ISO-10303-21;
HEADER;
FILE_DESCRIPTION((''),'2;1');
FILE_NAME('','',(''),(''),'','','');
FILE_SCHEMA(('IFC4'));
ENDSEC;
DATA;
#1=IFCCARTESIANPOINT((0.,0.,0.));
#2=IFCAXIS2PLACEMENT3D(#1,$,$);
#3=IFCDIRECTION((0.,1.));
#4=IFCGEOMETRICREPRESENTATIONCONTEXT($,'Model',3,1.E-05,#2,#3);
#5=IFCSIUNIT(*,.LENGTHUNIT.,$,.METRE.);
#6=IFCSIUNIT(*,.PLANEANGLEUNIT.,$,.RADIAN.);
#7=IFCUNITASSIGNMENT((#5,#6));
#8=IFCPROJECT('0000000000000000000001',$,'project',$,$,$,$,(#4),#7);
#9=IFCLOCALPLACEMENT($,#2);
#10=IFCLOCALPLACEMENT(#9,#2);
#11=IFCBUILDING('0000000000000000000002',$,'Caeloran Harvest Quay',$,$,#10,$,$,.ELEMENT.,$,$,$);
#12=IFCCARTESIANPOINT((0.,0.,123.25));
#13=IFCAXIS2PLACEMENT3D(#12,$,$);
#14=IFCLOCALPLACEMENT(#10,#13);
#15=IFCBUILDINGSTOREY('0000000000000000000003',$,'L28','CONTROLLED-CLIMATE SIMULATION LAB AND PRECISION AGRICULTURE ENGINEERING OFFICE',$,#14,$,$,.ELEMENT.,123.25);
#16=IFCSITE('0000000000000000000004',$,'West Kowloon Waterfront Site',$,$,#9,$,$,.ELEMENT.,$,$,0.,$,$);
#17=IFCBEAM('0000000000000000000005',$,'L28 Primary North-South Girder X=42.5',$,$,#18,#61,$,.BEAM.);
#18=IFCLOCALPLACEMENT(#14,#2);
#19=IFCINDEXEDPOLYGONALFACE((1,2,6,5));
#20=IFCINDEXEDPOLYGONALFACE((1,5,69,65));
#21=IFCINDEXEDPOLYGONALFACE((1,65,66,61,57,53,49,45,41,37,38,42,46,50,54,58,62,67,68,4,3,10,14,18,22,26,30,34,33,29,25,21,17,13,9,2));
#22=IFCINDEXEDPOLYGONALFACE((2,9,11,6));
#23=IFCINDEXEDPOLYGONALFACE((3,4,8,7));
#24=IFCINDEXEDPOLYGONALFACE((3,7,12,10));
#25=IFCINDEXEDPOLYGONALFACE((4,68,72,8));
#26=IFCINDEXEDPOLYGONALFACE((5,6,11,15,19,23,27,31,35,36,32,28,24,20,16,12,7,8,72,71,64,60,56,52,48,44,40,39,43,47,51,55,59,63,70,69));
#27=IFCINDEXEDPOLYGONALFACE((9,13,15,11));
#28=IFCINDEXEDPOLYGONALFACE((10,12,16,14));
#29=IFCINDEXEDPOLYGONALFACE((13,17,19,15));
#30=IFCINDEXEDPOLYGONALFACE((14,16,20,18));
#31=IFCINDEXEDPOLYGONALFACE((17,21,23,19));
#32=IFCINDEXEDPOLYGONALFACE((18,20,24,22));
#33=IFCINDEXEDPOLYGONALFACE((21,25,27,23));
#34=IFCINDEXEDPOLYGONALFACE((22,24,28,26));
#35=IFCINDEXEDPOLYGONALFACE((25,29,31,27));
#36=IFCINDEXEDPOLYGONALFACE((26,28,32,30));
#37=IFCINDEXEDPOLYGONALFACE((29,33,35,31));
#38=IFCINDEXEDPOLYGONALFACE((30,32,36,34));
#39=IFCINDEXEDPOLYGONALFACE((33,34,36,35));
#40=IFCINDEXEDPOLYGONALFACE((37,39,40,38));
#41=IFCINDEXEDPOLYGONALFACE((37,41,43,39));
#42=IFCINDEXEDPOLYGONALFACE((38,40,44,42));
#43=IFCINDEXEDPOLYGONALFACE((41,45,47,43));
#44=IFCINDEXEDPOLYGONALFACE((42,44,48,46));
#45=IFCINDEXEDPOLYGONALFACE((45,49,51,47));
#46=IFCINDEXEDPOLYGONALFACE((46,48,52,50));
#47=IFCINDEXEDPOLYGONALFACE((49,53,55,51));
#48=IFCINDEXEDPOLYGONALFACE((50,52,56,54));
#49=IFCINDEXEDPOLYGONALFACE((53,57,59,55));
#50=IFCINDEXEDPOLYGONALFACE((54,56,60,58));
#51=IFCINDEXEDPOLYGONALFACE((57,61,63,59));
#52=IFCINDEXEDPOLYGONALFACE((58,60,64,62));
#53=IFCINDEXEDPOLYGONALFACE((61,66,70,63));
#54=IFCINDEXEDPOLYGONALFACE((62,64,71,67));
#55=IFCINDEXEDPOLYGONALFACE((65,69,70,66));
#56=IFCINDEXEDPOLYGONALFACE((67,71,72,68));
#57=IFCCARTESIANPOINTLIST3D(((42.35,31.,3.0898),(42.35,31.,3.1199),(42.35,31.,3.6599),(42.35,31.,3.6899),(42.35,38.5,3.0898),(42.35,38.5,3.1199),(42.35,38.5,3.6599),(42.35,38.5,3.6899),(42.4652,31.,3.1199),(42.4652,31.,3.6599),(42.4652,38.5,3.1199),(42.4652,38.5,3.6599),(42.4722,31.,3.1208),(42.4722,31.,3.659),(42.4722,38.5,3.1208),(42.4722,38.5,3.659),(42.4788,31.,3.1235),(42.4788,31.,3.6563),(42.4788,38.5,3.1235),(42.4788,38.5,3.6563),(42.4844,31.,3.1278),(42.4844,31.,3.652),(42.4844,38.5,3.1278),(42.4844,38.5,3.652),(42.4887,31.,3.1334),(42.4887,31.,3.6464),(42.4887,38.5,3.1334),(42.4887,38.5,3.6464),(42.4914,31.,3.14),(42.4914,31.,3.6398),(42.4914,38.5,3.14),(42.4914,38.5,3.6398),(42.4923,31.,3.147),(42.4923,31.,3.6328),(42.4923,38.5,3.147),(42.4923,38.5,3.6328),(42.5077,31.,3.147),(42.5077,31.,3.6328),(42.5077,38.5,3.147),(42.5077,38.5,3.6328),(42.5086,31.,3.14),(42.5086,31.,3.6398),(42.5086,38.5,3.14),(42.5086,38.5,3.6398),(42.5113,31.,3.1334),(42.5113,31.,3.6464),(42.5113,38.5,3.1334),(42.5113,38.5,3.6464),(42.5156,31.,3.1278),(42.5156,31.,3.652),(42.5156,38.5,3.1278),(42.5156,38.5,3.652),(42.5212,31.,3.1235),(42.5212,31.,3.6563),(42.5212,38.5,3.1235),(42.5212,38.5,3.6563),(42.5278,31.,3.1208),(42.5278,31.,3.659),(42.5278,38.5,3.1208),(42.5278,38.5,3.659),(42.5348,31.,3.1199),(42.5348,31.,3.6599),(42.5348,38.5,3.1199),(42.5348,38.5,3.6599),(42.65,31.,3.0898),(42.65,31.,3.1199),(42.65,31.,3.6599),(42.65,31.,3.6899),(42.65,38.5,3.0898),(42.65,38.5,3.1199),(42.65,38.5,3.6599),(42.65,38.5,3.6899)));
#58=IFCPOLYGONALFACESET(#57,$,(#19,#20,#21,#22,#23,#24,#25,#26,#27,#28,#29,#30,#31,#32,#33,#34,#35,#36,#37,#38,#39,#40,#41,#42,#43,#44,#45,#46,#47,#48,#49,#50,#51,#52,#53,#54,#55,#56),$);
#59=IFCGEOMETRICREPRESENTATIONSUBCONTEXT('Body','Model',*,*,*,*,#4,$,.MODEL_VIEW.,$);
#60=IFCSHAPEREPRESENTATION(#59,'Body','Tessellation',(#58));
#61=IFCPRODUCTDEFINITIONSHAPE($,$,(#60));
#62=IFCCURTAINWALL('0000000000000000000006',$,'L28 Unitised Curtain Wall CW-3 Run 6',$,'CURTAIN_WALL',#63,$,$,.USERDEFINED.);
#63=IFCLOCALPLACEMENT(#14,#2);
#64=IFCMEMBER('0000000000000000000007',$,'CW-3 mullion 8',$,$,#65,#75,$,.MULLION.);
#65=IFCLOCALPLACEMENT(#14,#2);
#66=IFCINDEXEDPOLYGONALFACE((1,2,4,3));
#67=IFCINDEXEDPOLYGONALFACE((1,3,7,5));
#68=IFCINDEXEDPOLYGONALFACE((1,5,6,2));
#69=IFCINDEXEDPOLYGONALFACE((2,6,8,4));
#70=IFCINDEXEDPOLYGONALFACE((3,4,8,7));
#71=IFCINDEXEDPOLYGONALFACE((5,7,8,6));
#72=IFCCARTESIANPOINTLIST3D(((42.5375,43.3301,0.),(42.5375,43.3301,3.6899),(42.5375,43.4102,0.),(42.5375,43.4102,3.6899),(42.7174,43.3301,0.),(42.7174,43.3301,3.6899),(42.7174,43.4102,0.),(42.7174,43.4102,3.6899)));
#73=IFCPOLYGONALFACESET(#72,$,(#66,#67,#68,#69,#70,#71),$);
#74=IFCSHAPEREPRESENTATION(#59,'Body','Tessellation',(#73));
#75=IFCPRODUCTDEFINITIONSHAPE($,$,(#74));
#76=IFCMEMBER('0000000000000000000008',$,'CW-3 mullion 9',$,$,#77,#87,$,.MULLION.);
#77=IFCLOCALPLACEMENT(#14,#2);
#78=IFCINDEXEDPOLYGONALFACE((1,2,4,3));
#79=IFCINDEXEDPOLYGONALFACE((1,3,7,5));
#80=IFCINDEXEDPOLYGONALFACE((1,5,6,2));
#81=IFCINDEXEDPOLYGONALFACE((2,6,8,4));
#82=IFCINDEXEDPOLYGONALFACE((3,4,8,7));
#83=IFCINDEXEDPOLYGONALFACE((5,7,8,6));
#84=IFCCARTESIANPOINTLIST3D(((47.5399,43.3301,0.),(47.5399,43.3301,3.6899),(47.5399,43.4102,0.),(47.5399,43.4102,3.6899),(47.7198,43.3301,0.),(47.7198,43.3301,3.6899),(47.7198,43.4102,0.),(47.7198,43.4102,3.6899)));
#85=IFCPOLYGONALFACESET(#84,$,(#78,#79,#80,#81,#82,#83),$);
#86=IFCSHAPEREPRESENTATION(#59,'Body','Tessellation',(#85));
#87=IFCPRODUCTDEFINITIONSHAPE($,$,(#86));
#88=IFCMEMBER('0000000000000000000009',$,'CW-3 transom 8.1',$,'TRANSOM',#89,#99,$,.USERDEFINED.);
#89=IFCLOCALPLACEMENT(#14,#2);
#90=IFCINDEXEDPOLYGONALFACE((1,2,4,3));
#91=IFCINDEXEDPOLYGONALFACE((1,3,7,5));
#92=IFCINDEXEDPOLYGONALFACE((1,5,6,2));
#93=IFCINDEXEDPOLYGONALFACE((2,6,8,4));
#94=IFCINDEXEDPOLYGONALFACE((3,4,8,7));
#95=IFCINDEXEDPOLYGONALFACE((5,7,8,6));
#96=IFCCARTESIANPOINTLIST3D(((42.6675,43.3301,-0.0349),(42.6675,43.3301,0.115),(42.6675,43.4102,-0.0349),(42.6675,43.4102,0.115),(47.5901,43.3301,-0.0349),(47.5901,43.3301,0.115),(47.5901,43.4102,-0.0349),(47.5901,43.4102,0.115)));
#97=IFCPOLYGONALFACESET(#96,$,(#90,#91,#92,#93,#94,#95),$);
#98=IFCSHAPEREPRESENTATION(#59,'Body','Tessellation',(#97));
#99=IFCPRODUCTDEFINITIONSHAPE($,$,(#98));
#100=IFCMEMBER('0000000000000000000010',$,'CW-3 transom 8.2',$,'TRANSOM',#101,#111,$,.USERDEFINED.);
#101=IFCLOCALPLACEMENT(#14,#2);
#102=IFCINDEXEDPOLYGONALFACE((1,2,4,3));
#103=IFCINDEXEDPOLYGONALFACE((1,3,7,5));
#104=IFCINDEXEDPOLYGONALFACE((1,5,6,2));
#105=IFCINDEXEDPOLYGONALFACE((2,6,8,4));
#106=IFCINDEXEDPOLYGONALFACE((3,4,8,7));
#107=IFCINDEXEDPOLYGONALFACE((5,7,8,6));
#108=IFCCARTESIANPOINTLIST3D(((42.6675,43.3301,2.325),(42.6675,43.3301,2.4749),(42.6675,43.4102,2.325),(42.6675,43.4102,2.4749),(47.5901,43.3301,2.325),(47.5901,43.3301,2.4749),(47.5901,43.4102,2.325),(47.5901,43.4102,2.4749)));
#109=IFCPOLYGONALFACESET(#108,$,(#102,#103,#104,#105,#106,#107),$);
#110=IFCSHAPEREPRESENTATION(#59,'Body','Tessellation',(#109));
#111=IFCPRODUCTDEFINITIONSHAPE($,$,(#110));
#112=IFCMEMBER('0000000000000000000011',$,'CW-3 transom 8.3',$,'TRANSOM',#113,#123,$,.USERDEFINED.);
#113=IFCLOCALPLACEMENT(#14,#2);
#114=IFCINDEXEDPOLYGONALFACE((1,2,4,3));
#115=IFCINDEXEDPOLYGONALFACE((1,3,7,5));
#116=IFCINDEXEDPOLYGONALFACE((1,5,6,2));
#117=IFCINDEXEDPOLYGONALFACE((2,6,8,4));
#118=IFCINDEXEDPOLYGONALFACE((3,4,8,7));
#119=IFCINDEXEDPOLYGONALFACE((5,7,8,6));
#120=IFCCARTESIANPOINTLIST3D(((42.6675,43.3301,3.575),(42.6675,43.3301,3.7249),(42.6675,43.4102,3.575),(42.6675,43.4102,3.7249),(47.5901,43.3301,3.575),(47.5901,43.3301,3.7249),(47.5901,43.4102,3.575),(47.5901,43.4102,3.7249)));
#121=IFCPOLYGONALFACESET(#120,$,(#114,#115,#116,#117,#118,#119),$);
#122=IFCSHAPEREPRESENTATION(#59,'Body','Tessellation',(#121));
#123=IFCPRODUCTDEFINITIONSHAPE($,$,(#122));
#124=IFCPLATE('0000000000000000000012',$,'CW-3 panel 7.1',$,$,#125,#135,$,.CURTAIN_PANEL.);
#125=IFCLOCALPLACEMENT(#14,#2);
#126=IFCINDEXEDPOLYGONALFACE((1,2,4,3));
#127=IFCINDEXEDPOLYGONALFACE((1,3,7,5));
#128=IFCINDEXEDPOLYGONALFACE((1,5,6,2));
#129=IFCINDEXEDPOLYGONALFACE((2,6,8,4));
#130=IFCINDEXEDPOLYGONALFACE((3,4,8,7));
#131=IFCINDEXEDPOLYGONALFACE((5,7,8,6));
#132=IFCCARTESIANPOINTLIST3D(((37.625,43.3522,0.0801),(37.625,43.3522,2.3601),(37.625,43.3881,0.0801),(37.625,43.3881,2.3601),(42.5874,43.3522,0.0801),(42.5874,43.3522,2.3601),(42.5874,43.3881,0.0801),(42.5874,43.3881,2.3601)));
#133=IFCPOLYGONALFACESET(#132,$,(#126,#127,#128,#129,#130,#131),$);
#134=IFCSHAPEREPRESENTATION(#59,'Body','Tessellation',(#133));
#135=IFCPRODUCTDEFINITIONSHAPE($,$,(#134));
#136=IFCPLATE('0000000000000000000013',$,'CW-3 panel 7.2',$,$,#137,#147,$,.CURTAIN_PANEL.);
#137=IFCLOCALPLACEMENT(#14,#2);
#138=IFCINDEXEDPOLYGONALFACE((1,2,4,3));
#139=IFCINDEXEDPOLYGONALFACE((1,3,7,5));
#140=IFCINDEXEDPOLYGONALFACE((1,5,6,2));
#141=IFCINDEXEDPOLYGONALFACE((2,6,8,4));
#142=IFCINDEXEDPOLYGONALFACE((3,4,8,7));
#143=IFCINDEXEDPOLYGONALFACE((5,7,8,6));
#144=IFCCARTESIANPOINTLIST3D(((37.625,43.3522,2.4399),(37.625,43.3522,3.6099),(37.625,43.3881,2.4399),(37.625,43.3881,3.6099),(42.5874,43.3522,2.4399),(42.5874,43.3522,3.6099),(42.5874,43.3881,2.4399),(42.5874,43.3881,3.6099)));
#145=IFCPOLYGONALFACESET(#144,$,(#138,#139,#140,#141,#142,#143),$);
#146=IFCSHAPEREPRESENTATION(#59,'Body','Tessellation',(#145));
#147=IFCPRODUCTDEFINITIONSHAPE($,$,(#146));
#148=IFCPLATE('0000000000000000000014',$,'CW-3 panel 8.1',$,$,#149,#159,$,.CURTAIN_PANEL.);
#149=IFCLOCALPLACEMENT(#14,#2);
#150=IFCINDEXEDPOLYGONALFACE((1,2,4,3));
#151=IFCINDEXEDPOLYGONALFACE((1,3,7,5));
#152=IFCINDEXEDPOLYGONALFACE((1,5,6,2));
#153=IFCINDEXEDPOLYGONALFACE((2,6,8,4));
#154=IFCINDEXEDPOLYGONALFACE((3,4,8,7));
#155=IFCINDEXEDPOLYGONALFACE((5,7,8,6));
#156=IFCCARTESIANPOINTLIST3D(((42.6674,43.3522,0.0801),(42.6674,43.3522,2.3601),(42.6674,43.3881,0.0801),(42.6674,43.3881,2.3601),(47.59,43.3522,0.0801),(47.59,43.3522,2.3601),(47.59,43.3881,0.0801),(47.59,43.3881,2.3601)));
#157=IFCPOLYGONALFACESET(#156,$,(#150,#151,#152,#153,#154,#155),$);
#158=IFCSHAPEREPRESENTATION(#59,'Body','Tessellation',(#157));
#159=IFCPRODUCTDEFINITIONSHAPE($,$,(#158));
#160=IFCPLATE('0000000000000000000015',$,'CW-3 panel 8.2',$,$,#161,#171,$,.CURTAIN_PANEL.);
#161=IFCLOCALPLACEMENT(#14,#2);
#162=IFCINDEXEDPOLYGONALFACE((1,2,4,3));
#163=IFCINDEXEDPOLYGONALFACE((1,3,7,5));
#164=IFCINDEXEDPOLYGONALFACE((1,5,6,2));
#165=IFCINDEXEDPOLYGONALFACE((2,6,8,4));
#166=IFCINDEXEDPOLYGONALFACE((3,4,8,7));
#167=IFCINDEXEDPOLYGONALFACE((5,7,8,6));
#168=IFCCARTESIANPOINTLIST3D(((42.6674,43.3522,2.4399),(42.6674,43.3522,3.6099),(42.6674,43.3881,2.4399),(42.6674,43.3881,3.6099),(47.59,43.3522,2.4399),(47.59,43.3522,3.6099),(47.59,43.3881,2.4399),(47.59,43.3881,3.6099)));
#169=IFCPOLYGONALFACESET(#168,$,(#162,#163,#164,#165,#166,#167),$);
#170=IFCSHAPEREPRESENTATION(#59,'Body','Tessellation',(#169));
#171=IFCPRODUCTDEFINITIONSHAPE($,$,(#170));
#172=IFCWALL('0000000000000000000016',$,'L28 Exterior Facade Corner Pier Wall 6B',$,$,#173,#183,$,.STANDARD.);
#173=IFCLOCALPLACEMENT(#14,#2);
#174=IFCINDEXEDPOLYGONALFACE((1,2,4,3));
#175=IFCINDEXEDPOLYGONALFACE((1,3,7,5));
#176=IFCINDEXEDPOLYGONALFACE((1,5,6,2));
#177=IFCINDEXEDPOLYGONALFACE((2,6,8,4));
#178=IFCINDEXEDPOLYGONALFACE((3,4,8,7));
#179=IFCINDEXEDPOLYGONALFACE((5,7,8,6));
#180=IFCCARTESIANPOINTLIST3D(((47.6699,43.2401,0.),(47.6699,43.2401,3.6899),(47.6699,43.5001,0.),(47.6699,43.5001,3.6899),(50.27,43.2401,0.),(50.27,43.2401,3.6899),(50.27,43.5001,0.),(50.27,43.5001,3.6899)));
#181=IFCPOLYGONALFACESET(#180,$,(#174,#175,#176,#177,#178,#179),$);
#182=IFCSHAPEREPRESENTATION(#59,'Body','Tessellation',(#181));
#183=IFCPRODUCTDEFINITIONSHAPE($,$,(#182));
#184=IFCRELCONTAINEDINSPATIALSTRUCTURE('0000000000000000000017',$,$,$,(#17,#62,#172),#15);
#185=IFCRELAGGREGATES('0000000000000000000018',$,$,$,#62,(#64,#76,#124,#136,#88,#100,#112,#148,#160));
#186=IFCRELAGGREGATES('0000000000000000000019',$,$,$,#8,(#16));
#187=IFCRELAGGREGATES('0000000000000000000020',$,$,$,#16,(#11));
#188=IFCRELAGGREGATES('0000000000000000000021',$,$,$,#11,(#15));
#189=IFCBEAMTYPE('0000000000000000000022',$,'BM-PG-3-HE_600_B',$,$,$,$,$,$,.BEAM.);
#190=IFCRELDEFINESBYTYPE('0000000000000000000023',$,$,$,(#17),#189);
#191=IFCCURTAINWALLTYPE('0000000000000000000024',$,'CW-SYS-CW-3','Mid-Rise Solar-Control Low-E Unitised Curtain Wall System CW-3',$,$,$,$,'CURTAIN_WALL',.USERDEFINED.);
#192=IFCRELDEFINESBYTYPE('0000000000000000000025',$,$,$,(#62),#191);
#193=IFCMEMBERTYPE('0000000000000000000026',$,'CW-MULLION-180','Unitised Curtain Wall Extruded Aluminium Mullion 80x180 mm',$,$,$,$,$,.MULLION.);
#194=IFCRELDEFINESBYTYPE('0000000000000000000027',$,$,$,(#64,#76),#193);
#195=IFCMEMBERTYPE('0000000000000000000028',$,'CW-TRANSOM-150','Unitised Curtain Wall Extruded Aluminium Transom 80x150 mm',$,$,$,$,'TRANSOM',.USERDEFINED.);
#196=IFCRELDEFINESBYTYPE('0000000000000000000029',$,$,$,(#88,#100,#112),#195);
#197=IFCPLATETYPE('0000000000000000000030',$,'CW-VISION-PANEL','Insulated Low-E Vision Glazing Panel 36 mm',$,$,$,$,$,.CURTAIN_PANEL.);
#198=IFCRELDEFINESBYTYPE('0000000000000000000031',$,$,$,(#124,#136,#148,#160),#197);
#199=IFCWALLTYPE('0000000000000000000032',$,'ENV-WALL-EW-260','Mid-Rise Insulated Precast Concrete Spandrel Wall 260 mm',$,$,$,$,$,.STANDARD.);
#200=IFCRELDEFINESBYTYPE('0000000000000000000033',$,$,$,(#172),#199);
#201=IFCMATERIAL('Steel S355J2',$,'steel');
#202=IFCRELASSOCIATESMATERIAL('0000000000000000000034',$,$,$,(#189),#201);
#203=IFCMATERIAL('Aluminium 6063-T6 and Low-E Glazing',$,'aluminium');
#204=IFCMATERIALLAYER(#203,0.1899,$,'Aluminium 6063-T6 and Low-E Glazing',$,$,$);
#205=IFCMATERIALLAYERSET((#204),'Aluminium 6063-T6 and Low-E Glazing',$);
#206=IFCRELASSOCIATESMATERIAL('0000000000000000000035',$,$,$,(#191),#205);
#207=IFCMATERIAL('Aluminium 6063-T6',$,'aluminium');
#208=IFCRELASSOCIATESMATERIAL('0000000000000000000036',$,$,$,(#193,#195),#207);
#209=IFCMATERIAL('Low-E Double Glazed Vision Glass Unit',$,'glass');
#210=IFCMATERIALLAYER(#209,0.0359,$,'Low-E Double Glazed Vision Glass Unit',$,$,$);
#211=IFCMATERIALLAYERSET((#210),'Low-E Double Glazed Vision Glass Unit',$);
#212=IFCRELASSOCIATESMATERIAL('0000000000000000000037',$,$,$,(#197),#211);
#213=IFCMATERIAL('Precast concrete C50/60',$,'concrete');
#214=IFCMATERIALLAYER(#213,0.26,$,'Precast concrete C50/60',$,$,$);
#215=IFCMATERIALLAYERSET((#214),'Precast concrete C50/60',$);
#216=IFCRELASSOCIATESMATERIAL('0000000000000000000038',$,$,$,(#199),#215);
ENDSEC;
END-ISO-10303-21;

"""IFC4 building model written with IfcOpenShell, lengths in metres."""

from ifc_helpers import new_model, si_unit, direction, frame, frame_2d, origin, origin_2d, place, context, subcontext, project, spatial, rectangle, i_section, extrude, material, layer, layer_set, material_profile, profile_set, type_object, element, aggregate, save


model = new_model("IFC4")

# Units and contexts
model_context = context("Model", 3, precision=1e-05, world=origin(), true_north=direction((0.0, 1.0)))
body_context = subcontext(model_context, "Body", "Model", "MODEL_VIEW")
ifc_project = project(units=[si_unit("LENGTHUNIT", "METRE"), si_unit("PLANEANGLEUNIT", "RADIAN")], contexts=[model_context])

# Site, building, storey
site_placement = place(None, origin())
site = spatial("IfcSite", under=ifc_project, at=site_placement, Name="West Kowloon Waterfront Site", CompositionType="ELEMENT", RefElevation=0.0)
building_placement = place(site_placement, origin())
building = spatial("IfcBuilding", under=site, at=building_placement, Name="Caeloran Harvest Quay", CompositionType="ELEMENT")
storey_placement = place(building_placement, frame((0.0, 0.0, 123.25)))
storey = spatial("IfcBuildingStorey", under=building, at=storey_placement, Name="L28", Description="CONTROLLED-CLIMATE SIMULATION LAB AND PRECISION AGRICULTURE ENGINEERING OFFICE", CompositionType="ELEMENT", Elevation=123.25)

# Beam
ifc_material_1 = material(Name="Steel S355J2", Category="steel")
ifc_material_profile_1 = material_profile(ifc_material_1, i_section(OverallWidth=0.3, OverallDepth=0.6001, WebThickness=0.0154, FlangeThickness=0.03, FilletRadius=0.0271, at=origin_2d()), Name="HE 600 B")
ifc_profile_set_1 = profile_set([ifc_material_profile_1], Name="Steel S355J2")
beam_type = type_object("IfcBeamType", Name="BM-PG-3-HE_600_B", PredefinedType="BEAM", material=ifc_profile_set_1)
beam_1_placement = place(storey_placement, frame((42.5, 31.0, 3.3899), z_axis=(0.0, 1.0, 0.0), x_axis=(-1.0, 0.0, 0.0)))
element("IfcBeam", 1, at=beam_1_placement, inside=storey, type_object=beam_type, Name="L28 Primary North-South Girder X=42.5", PredefinedType="BEAM", context=body_context, shape_type="SweptSolid", body=[
    extrude(i_section(OverallWidth=0.3, OverallDepth=0.6001, WebThickness=0.0154, FlangeThickness=0.03, FilletRadius=0.0271, at=origin_2d()), origin(), (0.0, 0.0, 1.0), 7.5),
])

# Curtain wall, members, plates
ifc_material_2 = material(Name="Aluminium 6063-T6 and Low-E Glazing", Category="aluminium")
ifc_layer_1 = layer(ifc_material_2, 0.1899, Name="Aluminium 6063-T6 and Low-E Glazing")
ifc_layer_set_1 = layer_set([ifc_layer_1], Name="Aluminium 6063-T6 and Low-E Glazing")
curtain_wall_type = type_object("IfcCurtainWallType", Name="CW-SYS-CW-3", Description="Mid-Rise Solar-Control Low-E Unitised Curtain Wall System CW-3", ElementType="CURTAIN_WALL", PredefinedType="USERDEFINED", material=ifc_layer_set_1)
curtain_wall_placement = place(storey_placement, origin())
curtain_wall = element("IfcCurtainWall", 2, at=curtain_wall_placement, inside=storey, type_object=curtain_wall_type, Name="L28 Unitised Curtain Wall CW-3 Run 6", ObjectType="CURTAIN_WALL", PredefinedType="USERDEFINED")
ifc_material_3 = material(Name="Aluminium 6063-T6", Category="aluminium")
ifc_material_profile_2 = material_profile(ifc_material_3, rectangle(XDim=0.0801, YDim=0.1799, at=origin_2d()), Name="CW-MULLION-180")
ifc_profile_set_2 = profile_set([ifc_material_profile_2], Name="Aluminium 6063-T6")
member_type_1 = type_object("IfcMemberType", Name="CW-MULLION-180", Description="Unitised Curtain Wall Extruded Aluminium Mullion 80x180 mm", PredefinedType="MULLION", material=ifc_profile_set_2)
member_1_placement = place(storey_placement, frame((42.6274, 43.3701, 0.0), z_axis=(0.0, 0.0, 1.0), x_axis=(0.0, 1.0, 0.0)))
member_1 = element("IfcMember", 3, at=member_1_placement, type_object=member_type_1, Name="CW-3 mullion 8", PredefinedType="MULLION", context=body_context, shape_type="SweptSolid", body=[
    extrude(rectangle(XDim=0.0801, YDim=0.1799, at=origin_2d()), origin(), (0.0, 0.0, 1.0), 3.6899),
])
member_2_placement = place(storey_placement, frame((47.6299, 43.3701, 0.0), z_axis=(0.0, 0.0, 1.0), x_axis=(0.0, 1.0, 0.0)))
member_2 = element("IfcMember", 4, at=member_2_placement, type_object=member_type_1, Name="CW-3 mullion 9", PredefinedType="MULLION", context=body_context, shape_type="SweptSolid", body=[
    extrude(rectangle(XDim=0.0801, YDim=0.1799, at=origin_2d()), origin(), (0.0, 0.0, 1.0), 3.6899),
])
ifc_material_profile_3 = material_profile(ifc_material_3, rectangle(XDim=0.0801, YDim=0.1499, at=origin_2d()), Name="CW-TRANSOM-150")
ifc_profile_set_3 = profile_set([ifc_material_profile_3], Name="Aluminium 6063-T6")
member_type_2 = type_object("IfcMemberType", Name="CW-TRANSOM-150", Description="Unitised Curtain Wall Extruded Aluminium Transom 80x150 mm", ElementType="TRANSOM", PredefinedType="USERDEFINED", material=ifc_profile_set_3)
member_3_placement = place(storey_placement, frame((42.6675, 43.3701, 0.04), z_axis=(1.0, 0.0, 0.0), x_axis=(0.0, 1.0, 0.0)))
member_3 = element("IfcMember", 5, at=member_3_placement, type_object=member_type_2, Name="CW-3 transom 8.1", ObjectType="TRANSOM", PredefinedType="USERDEFINED", context=body_context, shape_type="SweptSolid", body=[
    extrude(rectangle(XDim=0.0801, YDim=0.1499, at=origin_2d()), origin(), (0.0, 0.0, 1.0), 4.9226),
])
member_4_placement = place(storey_placement, frame((42.6675, 43.3701, 2.3999), z_axis=(1.0, 0.0, 0.0), x_axis=(0.0, 1.0, 0.0)))
member_4 = element("IfcMember", 6, at=member_4_placement, type_object=member_type_2, Name="CW-3 transom 8.2", ObjectType="TRANSOM", PredefinedType="USERDEFINED", context=body_context, shape_type="SweptSolid", body=[
    extrude(rectangle(XDim=0.0801, YDim=0.1499, at=origin_2d()), origin(), (0.0, 0.0, 1.0), 4.9226),
])
member_5_placement = place(storey_placement, frame((42.6675, 43.3701, 3.6499), z_axis=(1.0, 0.0, 0.0), x_axis=(0.0, 1.0, 0.0)))
member_5 = element("IfcMember", 7, at=member_5_placement, type_object=member_type_2, Name="CW-3 transom 8.3", ObjectType="TRANSOM", PredefinedType="USERDEFINED", context=body_context, shape_type="SweptSolid", body=[
    extrude(rectangle(XDim=0.0801, YDim=0.1499, at=origin_2d()), origin(), (0.0, 0.0, 1.0), 4.9226),
])
ifc_material_4 = material(Name="Low-E Double Glazed Vision Glass Unit", Category="glass")
ifc_layer_2 = layer(ifc_material_4, 0.0359, Name="Low-E Double Glazed Vision Glass Unit")
ifc_layer_set_2 = layer_set([ifc_layer_2], Name="Low-E Double Glazed Vision Glass Unit")
plate_type = type_object("IfcPlateType", Name="CW-VISION-PANEL", Description="Insulated Low-E Vision Glazing Panel 36 mm", PredefinedType="CURTAIN_PANEL", material=ifc_layer_set_2)
plate_1_placement = place(storey_placement, frame((40.1062, 43.3701, 0.0801), z_axis=(0.0, 0.0, 1.0), x_axis=(1.0, 0.0, 0.0)))
plate_1 = element("IfcPlate", 8, at=plate_1_placement, type_object=plate_type, Name="CW-3 panel 7.1", PredefinedType="CURTAIN_PANEL", context=body_context, shape_type="SweptSolid", body=[
    extrude(rectangle(XDim=4.9624, YDim=0.0359, at=origin_2d()), origin(), (0.0, 0.0, 1.0), 2.28),
])
plate_2_placement = place(storey_placement, frame((40.1062, 43.3701, 2.4399), z_axis=(0.0, 0.0, 1.0), x_axis=(1.0, 0.0, 0.0)))
plate_2 = element("IfcPlate", 9, at=plate_2_placement, type_object=plate_type, Name="CW-3 panel 7.2", PredefinedType="CURTAIN_PANEL", context=body_context, shape_type="SweptSolid", body=[
    extrude(rectangle(XDim=4.9624, YDim=0.0359, at=origin_2d()), origin(), (0.0, 0.0, 1.0), 1.1699),
])
plate_3_placement = place(storey_placement, frame((45.1287, 43.3701, 0.0801), z_axis=(0.0, 0.0, 1.0), x_axis=(1.0, 0.0, 0.0)))
plate_3 = element("IfcPlate", 10, at=plate_3_placement, type_object=plate_type, Name="CW-3 panel 8.1", PredefinedType="CURTAIN_PANEL", context=body_context, shape_type="SweptSolid", body=[
    extrude(rectangle(XDim=4.9226, YDim=0.0359, at=origin_2d()), origin(), (0.0, 0.0, 1.0), 2.28),
])
plate_4_placement = place(storey_placement, frame((45.1287, 43.3701, 2.4399), z_axis=(0.0, 0.0, 1.0), x_axis=(1.0, 0.0, 0.0)))
plate_4 = element("IfcPlate", 11, at=plate_4_placement, type_object=plate_type, Name="CW-3 panel 8.2", PredefinedType="CURTAIN_PANEL", context=body_context, shape_type="SweptSolid", body=[
    extrude(rectangle(XDim=4.9226, YDim=0.0359, at=origin_2d()), origin(), (0.0, 0.0, 1.0), 1.1699),
])
aggregate(curtain_wall, [member_1, member_2, plate_1, plate_2, member_3, member_4, member_5, plate_3, plate_4])

# Wall
ifc_material_5 = material(Name="Precast concrete C50/60", Category="concrete")
ifc_layer_3 = layer(ifc_material_5, 0.26, Name="Precast concrete C50/60")
ifc_layer_set_3 = layer_set([ifc_layer_3], Name="Precast concrete C50/60")
wall_type_1 = type_object("IfcWallType", Name="ENV-WALL-EW-260", Description="Mid-Rise Insulated Precast Concrete Spandrel Wall 260 mm", PredefinedType="STANDARD", material=ifc_layer_set_3)
wall_1_placement = place(storey_placement, frame((47.6699, 43.3701, 0.0), z_axis=(0.0, 0.0, 1.0), x_axis=(1.0, 0.0, 0.0)))
element("IfcWall", 12, at=wall_1_placement, inside=storey, type_object=wall_type_1, Name="L28 Exterior Facade Corner Pier Wall 6B", PredefinedType="STANDARD", context=body_context, shape_type="SweptSolid", body=[
    extrude(rectangle(XDim=2.6001, YDim=0.26, at=frame_2d((1.3, 0.0))), origin(), (0.0, 0.0, 1.0), 3.6899),
])

save(model, "model.ifc")
